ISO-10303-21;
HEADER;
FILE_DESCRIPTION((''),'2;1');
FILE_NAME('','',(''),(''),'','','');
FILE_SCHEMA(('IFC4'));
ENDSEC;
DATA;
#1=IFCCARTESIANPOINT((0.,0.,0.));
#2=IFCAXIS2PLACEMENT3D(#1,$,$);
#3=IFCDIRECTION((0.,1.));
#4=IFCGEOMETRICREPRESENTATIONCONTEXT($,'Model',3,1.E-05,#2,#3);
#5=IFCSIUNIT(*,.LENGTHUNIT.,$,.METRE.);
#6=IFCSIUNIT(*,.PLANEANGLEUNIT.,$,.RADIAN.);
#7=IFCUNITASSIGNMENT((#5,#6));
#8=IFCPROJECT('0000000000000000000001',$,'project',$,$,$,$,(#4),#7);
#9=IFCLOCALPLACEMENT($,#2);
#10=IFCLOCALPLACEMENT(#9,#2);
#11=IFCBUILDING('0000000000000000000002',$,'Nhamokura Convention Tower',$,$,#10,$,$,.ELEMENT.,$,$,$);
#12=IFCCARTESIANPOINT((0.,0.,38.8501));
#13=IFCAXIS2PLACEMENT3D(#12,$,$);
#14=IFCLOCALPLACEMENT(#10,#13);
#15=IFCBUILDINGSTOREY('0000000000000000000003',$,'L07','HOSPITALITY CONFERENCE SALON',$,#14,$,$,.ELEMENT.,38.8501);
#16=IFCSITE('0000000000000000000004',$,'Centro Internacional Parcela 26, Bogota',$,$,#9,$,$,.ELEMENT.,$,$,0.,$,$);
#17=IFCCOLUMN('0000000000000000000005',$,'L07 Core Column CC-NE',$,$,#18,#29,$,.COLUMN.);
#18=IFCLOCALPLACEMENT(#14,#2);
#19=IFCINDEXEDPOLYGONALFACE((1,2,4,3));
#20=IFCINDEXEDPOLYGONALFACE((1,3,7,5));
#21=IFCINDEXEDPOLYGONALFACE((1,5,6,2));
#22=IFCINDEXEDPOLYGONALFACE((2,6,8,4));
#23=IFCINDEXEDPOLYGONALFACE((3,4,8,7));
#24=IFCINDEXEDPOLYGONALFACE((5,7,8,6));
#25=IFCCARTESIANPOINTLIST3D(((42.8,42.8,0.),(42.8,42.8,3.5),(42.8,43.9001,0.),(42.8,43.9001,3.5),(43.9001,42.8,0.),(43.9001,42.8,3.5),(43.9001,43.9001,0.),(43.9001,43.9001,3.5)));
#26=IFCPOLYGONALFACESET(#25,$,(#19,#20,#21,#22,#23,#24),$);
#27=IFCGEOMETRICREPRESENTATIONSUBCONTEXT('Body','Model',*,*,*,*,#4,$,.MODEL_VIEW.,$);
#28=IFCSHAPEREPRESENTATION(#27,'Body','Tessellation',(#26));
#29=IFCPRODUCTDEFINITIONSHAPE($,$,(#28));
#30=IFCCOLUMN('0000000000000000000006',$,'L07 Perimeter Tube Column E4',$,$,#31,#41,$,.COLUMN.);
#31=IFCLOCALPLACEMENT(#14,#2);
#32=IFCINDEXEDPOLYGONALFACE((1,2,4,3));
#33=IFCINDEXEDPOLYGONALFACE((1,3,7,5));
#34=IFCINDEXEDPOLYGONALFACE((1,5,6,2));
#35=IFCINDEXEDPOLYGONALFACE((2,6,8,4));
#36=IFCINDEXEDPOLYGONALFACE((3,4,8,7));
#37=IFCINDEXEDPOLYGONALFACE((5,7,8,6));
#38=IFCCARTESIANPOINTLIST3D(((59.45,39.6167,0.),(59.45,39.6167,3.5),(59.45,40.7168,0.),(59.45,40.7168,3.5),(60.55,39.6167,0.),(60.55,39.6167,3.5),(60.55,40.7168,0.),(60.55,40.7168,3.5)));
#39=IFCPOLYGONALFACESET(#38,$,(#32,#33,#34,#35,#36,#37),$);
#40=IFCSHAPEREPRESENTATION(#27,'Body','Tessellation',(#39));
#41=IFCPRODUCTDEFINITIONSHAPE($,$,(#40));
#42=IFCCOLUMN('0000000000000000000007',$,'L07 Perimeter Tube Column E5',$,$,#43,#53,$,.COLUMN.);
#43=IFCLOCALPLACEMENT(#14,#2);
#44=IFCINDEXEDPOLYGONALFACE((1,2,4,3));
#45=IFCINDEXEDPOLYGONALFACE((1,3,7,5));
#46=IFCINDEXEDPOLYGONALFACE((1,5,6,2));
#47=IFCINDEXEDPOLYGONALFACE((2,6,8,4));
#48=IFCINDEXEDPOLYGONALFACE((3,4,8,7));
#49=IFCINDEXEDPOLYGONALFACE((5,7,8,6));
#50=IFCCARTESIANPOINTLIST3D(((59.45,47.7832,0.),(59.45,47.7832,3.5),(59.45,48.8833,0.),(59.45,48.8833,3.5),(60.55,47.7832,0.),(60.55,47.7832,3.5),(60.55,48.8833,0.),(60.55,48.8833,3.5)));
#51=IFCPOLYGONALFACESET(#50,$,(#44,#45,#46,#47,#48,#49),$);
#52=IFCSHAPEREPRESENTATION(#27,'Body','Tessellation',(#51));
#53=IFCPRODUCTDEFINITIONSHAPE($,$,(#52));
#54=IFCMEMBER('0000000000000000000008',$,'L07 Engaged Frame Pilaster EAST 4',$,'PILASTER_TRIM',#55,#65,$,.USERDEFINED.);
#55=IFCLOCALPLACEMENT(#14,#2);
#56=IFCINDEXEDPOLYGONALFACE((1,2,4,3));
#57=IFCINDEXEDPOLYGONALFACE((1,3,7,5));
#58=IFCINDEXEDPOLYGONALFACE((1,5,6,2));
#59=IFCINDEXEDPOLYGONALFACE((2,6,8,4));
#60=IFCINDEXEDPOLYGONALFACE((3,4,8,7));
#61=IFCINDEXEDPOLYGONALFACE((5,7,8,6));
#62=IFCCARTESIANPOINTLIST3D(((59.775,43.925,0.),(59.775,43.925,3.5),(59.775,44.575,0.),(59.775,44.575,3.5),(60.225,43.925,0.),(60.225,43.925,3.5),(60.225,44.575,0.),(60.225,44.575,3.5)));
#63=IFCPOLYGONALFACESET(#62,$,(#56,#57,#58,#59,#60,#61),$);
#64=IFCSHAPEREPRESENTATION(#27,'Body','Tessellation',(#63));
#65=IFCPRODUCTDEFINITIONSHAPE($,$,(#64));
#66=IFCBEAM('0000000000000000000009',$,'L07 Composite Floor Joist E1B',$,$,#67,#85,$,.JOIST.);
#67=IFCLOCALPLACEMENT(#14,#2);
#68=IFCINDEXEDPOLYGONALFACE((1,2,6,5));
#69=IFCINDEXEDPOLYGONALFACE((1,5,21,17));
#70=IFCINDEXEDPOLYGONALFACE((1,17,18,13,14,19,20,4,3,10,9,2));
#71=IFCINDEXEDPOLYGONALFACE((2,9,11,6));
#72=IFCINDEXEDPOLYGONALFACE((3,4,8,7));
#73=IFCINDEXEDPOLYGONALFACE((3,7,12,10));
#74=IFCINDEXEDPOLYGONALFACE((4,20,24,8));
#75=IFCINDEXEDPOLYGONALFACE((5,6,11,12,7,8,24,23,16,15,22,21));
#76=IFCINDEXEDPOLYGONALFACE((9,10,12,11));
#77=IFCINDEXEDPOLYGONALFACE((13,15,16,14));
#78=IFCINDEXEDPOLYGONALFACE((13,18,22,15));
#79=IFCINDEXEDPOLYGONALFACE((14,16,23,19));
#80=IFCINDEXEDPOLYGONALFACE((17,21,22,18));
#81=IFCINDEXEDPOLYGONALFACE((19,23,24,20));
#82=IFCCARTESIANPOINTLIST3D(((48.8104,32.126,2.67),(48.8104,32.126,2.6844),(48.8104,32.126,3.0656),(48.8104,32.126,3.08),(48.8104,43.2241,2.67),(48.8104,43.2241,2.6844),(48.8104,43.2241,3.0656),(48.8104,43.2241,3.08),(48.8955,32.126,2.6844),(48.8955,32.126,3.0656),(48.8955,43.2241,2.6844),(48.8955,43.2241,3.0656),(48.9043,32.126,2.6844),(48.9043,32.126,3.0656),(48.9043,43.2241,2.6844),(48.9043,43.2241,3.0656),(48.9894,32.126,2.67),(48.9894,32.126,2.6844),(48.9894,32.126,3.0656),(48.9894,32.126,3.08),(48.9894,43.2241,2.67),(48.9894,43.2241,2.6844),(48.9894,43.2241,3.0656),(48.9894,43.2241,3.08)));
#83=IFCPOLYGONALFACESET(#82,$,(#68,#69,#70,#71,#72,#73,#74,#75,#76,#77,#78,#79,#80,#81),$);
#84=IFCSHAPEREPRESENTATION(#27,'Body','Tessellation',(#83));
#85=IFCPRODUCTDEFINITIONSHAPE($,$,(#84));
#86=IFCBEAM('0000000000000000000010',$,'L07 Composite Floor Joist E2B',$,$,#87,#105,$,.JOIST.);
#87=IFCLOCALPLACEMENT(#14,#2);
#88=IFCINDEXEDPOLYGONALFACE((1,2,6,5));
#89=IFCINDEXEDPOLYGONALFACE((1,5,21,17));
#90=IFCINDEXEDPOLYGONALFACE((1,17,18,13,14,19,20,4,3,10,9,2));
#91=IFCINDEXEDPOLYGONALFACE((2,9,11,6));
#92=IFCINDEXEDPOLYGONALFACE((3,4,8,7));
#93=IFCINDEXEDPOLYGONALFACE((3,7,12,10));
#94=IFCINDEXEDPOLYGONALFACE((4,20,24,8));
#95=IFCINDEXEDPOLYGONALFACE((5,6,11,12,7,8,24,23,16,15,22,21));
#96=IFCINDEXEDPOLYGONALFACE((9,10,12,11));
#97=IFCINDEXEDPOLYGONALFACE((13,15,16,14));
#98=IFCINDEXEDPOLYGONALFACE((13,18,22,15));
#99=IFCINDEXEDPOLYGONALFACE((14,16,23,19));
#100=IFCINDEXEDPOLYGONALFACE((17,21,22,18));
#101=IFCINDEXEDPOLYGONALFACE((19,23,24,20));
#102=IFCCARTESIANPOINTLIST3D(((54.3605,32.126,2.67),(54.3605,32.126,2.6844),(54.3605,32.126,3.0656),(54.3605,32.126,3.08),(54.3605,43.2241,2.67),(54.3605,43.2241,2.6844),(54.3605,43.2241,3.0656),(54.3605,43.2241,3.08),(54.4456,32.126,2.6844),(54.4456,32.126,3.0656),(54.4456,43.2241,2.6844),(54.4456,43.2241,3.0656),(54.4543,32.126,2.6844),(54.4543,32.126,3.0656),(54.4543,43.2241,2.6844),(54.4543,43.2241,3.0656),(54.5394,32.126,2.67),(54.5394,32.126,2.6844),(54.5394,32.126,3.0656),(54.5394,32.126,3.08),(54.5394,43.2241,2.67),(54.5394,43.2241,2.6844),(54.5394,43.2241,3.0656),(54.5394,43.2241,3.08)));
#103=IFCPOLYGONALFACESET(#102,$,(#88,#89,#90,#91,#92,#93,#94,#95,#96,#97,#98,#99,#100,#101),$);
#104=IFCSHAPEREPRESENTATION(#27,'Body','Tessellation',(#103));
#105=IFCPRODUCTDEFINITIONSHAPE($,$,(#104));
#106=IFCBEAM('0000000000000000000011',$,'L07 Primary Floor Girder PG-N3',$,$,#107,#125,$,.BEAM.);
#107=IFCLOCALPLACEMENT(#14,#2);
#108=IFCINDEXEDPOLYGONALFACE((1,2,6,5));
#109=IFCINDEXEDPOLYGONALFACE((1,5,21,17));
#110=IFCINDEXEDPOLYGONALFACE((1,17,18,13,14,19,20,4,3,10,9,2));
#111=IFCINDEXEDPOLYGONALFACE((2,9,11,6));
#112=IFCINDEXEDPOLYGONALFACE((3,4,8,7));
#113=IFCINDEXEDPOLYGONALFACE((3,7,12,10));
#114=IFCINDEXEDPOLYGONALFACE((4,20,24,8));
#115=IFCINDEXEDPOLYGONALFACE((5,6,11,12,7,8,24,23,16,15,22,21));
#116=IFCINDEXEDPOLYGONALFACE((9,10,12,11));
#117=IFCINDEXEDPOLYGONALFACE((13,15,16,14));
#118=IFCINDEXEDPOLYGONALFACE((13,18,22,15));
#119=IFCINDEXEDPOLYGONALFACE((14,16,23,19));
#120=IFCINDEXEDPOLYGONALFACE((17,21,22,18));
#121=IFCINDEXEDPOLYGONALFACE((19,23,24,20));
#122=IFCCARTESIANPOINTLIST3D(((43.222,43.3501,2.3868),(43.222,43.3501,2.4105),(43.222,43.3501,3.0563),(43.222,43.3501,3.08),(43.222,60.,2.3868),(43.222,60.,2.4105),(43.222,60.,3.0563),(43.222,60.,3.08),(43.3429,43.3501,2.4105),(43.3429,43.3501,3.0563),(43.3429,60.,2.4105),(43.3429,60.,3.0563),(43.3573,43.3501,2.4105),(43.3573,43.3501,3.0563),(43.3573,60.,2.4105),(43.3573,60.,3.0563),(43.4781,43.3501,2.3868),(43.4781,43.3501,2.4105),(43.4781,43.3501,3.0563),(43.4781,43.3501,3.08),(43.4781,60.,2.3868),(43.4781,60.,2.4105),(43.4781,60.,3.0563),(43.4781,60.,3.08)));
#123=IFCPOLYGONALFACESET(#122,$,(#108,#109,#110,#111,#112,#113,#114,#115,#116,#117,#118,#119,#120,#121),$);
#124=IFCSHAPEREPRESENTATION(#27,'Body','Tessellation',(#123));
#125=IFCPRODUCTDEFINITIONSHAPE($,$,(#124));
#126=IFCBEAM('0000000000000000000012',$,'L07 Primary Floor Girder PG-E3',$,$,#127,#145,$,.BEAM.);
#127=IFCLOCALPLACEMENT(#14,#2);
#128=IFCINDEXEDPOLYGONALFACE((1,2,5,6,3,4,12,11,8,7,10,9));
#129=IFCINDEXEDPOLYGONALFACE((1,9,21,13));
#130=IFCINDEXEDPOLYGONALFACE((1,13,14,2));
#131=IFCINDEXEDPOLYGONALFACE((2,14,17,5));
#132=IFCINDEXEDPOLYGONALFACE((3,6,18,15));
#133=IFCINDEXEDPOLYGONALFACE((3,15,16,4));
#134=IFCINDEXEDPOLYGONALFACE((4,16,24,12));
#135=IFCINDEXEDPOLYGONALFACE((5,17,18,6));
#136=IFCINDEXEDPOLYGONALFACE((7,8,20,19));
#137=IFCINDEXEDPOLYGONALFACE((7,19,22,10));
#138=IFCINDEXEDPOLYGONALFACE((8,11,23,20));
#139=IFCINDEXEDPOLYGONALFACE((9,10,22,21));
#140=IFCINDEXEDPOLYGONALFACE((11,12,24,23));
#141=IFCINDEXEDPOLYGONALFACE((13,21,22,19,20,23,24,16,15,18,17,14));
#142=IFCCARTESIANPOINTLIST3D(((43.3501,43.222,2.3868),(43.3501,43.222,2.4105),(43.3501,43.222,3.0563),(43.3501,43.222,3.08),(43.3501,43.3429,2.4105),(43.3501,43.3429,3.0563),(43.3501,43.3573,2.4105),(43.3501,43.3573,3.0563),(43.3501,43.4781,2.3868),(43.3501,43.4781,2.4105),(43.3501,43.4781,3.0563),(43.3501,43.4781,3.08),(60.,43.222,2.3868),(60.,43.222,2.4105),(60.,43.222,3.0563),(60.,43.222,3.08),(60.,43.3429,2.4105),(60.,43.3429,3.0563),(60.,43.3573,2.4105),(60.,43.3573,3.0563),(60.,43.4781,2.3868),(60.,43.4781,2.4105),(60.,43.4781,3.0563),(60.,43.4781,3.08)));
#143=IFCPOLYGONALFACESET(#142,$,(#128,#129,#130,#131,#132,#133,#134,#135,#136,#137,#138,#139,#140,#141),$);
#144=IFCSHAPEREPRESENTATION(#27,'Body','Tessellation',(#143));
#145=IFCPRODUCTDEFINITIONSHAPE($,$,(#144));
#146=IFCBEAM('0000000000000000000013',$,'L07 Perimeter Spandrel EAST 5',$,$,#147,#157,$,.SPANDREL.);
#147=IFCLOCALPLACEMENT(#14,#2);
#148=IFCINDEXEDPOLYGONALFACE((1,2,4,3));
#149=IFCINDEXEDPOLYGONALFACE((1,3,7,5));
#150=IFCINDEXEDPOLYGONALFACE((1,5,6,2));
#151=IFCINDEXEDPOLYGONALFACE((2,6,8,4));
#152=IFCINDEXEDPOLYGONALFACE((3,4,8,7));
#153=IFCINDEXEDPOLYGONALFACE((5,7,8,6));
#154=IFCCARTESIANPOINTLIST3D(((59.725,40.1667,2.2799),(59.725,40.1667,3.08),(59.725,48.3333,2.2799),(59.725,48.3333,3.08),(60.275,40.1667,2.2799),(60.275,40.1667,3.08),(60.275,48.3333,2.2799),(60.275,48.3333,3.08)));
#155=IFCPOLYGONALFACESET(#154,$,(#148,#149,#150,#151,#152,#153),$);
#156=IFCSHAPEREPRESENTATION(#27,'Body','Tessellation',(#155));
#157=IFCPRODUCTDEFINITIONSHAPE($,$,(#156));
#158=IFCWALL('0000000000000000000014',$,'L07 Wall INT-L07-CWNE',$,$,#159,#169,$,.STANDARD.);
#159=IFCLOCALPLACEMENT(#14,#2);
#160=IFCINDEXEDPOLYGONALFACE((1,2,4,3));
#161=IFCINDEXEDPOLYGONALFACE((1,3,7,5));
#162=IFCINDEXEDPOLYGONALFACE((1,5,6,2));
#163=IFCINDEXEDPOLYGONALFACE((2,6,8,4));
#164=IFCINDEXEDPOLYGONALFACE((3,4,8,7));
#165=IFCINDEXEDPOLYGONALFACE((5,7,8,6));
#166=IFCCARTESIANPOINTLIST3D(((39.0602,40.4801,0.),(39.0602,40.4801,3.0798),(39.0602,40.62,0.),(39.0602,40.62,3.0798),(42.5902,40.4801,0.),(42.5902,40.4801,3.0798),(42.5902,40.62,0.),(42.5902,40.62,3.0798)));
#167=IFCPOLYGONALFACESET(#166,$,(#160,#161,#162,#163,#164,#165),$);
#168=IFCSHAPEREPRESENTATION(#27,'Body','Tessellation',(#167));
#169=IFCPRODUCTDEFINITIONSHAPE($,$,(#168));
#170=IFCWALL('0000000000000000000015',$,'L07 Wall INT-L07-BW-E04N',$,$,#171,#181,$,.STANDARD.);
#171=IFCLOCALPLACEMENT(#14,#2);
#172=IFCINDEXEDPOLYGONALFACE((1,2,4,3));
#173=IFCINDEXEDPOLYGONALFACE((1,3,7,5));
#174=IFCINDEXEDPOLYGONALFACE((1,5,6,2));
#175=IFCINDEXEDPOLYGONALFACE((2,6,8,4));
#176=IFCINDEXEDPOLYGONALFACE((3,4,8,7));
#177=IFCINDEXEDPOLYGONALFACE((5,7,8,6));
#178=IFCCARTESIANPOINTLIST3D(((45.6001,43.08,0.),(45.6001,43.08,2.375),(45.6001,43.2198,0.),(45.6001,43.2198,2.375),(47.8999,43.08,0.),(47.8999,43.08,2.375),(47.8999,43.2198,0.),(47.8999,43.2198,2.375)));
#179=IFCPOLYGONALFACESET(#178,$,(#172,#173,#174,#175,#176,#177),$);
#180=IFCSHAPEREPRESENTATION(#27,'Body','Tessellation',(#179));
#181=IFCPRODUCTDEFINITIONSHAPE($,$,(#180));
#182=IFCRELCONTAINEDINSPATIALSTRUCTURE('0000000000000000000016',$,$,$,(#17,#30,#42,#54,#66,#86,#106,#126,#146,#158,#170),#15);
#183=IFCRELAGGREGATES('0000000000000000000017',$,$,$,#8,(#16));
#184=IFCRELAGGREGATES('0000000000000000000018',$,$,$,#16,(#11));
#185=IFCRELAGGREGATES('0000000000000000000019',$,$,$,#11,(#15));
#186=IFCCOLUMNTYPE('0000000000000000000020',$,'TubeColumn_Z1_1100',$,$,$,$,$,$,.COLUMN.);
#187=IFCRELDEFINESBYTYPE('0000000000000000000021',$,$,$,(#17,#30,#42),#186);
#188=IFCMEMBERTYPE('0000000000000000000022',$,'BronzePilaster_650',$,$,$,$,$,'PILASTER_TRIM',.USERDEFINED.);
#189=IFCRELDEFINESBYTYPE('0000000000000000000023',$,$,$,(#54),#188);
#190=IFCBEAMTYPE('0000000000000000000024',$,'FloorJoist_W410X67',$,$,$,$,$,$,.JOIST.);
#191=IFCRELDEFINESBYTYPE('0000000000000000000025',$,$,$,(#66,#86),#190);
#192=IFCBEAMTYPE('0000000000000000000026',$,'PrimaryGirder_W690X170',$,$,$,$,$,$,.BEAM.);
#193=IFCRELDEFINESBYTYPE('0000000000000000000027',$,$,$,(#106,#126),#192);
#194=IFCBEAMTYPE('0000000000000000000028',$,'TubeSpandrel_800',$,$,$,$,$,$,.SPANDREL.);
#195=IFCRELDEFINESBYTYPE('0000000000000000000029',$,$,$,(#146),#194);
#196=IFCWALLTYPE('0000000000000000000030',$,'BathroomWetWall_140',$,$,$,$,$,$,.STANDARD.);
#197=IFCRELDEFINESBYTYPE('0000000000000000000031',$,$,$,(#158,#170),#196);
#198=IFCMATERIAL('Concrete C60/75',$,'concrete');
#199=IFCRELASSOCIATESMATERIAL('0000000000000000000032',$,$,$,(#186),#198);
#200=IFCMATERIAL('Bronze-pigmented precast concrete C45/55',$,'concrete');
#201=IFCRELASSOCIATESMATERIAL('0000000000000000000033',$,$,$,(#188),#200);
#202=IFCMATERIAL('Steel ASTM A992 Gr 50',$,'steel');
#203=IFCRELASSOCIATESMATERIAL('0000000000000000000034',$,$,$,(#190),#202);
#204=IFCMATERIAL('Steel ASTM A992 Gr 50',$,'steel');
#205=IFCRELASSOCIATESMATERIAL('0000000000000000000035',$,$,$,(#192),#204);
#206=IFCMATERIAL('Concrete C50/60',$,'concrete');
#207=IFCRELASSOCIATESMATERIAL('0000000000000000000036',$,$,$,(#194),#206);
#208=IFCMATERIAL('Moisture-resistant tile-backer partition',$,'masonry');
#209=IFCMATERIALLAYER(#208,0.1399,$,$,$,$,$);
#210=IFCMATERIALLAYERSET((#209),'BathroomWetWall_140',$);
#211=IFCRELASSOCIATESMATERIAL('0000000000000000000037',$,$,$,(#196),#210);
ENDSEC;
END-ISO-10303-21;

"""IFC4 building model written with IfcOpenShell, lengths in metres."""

from ifc_helpers import new_model, si_unit, direction, frame, frame_2d, origin, origin_2d, place, context, subcontext, project, spatial, rectangle, i_section, extrude, material, layer, layer_set, material_profile, profile_set, type_object, element, save


model = new_model("IFC4")

# Units and contexts
model_context = context("Model", 3, precision=1e-05, world=origin(), true_north=direction((0.0, 1.0)))
body_context = subcontext(model_context, "Body", "Model", "MODEL_VIEW")
ifc_project = project(units=[si_unit("LENGTHUNIT", "METRE"), si_unit("PLANEANGLEUNIT", "RADIAN")], contexts=[model_context])

# Site, building, storey
site_placement = place(None, origin())
site = spatial("IfcSite", under=ifc_project, at=site_placement, Name="Centro Internacional Parcela 26, Bogota", CompositionType="ELEMENT", RefElevation=0.0)
building_placement = place(site_placement, origin())
building = spatial("IfcBuilding", under=site, at=building_placement, Name="Nhamokura Convention Tower", CompositionType="ELEMENT")
storey_placement = place(building_placement, frame((0.0, 0.0, 38.8501)))
storey = spatial("IfcBuildingStorey", under=building, at=storey_placement, Name="L07", Description="HOSPITALITY CONFERENCE SALON", CompositionType="ELEMENT", Elevation=38.8501)

# Columns
ifc_material_1 = material(Name="Concrete C60/75", Category="concrete")
ifc_material_profile_1 = material_profile(ifc_material_1, rectangle(XDim=1.1001, YDim=1.1001, at=origin_2d()))
ifc_profile_set_1 = profile_set([ifc_material_profile_1], Name="Concrete C60/75")
column_type = type_object("IfcColumnType", Name="TubeColumn_Z1_1100", PredefinedType="COLUMN", material=ifc_profile_set_1)
for number, where, z_axis, x_axis, name in (
    (1, (43.3501, 43.3501, 0.0), (0.0, 0.0, 1.0), (1.0, 0.0, 0.0), "L07 Core Column CC-NE"),
    (2, (60.0, 40.1667, 0.0), (0.0, 0.0, 1.0), (1.0, 0.0, 0.0), "L07 Perimeter Tube Column E4"),
    (3, (60.0, 48.3333, 0.0), (0.0, 0.0, 1.0), (1.0, 0.0, 0.0), "L07 Perimeter Tube Column E5"),
):
    element("IfcColumn", number, at=place(storey_placement, frame(where, z_axis=z_axis, x_axis=x_axis)), inside=storey, type_object=column_type, Name=name, PredefinedType="COLUMN", context=body_context, shape_type="SweptSolid", body=[
        extrude(rectangle(XDim=1.1001, YDim=1.1001, at=origin_2d()), origin(), (0.0, 0.0, 1.0), 3.5),
    ])

# Member
ifc_material_2 = material(Name="Bronze-pigmented precast concrete C45/55", Category="concrete")
ifc_material_profile_2 = material_profile(ifc_material_2, rectangle(XDim=0.45, YDim=0.6499, at=origin_2d()))
ifc_profile_set_2 = profile_set([ifc_material_profile_2], Name="Bronze-pigmented precast concrete C45/55")
member_type = type_object("IfcMemberType", Name="BronzePilaster_650", ElementType="PILASTER_TRIM", PredefinedType="USERDEFINED", material=ifc_profile_set_2)
member_placement = place(storey_placement, frame((60.0, 44.25, 0.0), z_axis=(0.0, 0.0, 1.0), x_axis=(1.0, 0.0, 0.0)))
element("IfcMember", 4, at=member_placement, inside=storey, type_object=member_type, Name="L07 Engaged Frame Pilaster EAST 4", ObjectType="PILASTER_TRIM", PredefinedType="USERDEFINED", context=body_context, shape_type="SweptSolid", body=[
    extrude(rectangle(XDim=0.45, YDim=0.6499, at=origin_2d()), origin(), (0.0, 0.0, 1.0), 3.5),
])

# Beams
ifc_material_3 = material(Name="Steel ASTM A992 Gr 50", Category="steel")
ifc_material_profile_3 = material_profile(ifc_material_3, i_section(OverallWidth=0.179, OverallDepth=0.4099, WebThickness=0.0088, FlangeThickness=0.0144, at=origin_2d()))
ifc_profile_set_3 = profile_set([ifc_material_profile_3], Name="Steel ASTM A992 Gr 50")
beam_type_1 = type_object("IfcBeamType", Name="FloorJoist_W410X67", PredefinedType="JOIST", material=ifc_profile_set_3)
for number, where, z_axis, x_axis, name in (
    (5, (48.8999, 32.126, 2.875), (0.0, 1.0, 0.0), (-1.0, 0.0, 0.0), "L07 Composite Floor Joist E1B"),
    (6, (54.45, 32.126, 2.875), (0.0, 1.0, 0.0), (-1.0, 0.0, 0.0), "L07 Composite Floor Joist E2B"),
):
    element("IfcBeam", number, at=place(storey_placement, frame(where, z_axis=z_axis, x_axis=x_axis)), inside=storey, type_object=beam_type_1, Name=name, PredefinedType="JOIST", context=body_context, shape_type="SweptSolid", body=[
        extrude(i_section(OverallWidth=0.179, OverallDepth=0.4099, WebThickness=0.0088, FlangeThickness=0.0144, at=origin_2d()), origin(), (0.0, 0.0, 1.0), 11.0981),
    ])
ifc_material_4 = material(Name="Steel ASTM A992 Gr 50", Category="steel")
ifc_material_profile_4 = material_profile(ifc_material_4, i_section(OverallWidth=0.2561, OverallDepth=0.6931, WebThickness=0.0144, FlangeThickness=0.0237, at=origin_2d()))
ifc_profile_set_4 = profile_set([ifc_material_profile_4], Name="Steel ASTM A992 Gr 50")
beam_type_2 = type_object("IfcBeamType", Name="PrimaryGirder_W690X170", PredefinedType="BEAM", material=ifc_profile_set_4)
for number, where, z_axis, x_axis, name in (
    (7, (43.3501, 43.3501, 2.7334), (0.0, 1.0, 0.0), (-1.0, 0.0, 0.0), "L07 Primary Floor Girder PG-N3"),
    (8, (43.3501, 43.3501, 2.7334), (1.0, 0.0, 0.0), (0.0, 1.0, 0.0), "L07 Primary Floor Girder PG-E3"),
):
    element("IfcBeam", number, at=place(storey_placement, frame(where, z_axis=z_axis, x_axis=x_axis)), inside=storey, type_object=beam_type_2, Name=name, PredefinedType="BEAM", context=body_context, shape_type="SweptSolid", body=[
        extrude(i_section(OverallWidth=0.2561, OverallDepth=0.6931, WebThickness=0.0144, FlangeThickness=0.0237, at=origin_2d()), origin(), (0.0, 0.0, 1.0), 16.6499),
    ])
ifc_material_5 = material(Name="Concrete C50/60", Category="concrete")
ifc_material_profile_5 = material_profile(ifc_material_5, rectangle(XDim=0.55, YDim=0.8, at=origin_2d()))
ifc_profile_set_5 = profile_set([ifc_material_profile_5], Name="Concrete C50/60")
beam_type_3 = type_object("IfcBeamType", Name="TubeSpandrel_800", PredefinedType="SPANDREL", material=ifc_profile_set_5)
beam_placement = place(storey_placement, frame((60.0, 40.1667, 2.6799), z_axis=(0.0, 1.0, 0.0), x_axis=(-1.0, 0.0, 0.0)))
element("IfcBeam", 9, at=beam_placement, inside=storey, type_object=beam_type_3, Name="L07 Perimeter Spandrel EAST 5", PredefinedType="SPANDREL", context=body_context, shape_type="SweptSolid", body=[
    extrude(rectangle(XDim=0.55, YDim=0.8, at=origin_2d()), origin(), (0.0, 0.0, 1.0), 8.1665),
])

# Walls
ifc_material_6 = material(Name="Moisture-resistant tile-backer partition", Category="masonry")
ifc_layer_1 = layer(ifc_material_6, 0.1399)
ifc_layer_set_1 = layer_set([ifc_layer_1], Name="BathroomWetWall_140")
wall_type_1 = type_object("IfcWallType", Name="BathroomWetWall_140", PredefinedType="STANDARD", material=ifc_layer_set_1)
wall_1_placement = place(storey_placement, frame((39.0601, 40.55, 0.0), z_axis=(0.0, 0.0, 1.0), x_axis=(1.0, 0.0, 0.0)))
element("IfcWall", 10, at=wall_1_placement, inside=storey, type_object=wall_type_1, Name="L07 Wall INT-L07-CWNE", PredefinedType="STANDARD", context=body_context, shape_type="SweptSolid", body=[
    extrude(rectangle(XDim=3.53, YDim=0.1399, at=frame_2d((1.7651, 0.0))), origin(), (0.0, 0.0, 1.0), 3.0798),
])
wall_2_placement = place(storey_placement, frame((45.6001, 43.1499, 0.0), z_axis=(0.0, 0.0, 1.0), x_axis=(1.0, 0.0, 0.0)))
element("IfcWall", 11, at=wall_2_placement, inside=storey, type_object=wall_type_1, Name="L07 Wall INT-L07-BW-E04N", PredefinedType="STANDARD", context=body_context, shape_type="SweptSolid", body=[
    extrude(rectangle(XDim=2.2998, YDim=0.1399, at=frame_2d((1.1499, 0.0))), origin(), (0.0, 0.0, 1.0), 2.375),
])

save(model, "model.ifc")
